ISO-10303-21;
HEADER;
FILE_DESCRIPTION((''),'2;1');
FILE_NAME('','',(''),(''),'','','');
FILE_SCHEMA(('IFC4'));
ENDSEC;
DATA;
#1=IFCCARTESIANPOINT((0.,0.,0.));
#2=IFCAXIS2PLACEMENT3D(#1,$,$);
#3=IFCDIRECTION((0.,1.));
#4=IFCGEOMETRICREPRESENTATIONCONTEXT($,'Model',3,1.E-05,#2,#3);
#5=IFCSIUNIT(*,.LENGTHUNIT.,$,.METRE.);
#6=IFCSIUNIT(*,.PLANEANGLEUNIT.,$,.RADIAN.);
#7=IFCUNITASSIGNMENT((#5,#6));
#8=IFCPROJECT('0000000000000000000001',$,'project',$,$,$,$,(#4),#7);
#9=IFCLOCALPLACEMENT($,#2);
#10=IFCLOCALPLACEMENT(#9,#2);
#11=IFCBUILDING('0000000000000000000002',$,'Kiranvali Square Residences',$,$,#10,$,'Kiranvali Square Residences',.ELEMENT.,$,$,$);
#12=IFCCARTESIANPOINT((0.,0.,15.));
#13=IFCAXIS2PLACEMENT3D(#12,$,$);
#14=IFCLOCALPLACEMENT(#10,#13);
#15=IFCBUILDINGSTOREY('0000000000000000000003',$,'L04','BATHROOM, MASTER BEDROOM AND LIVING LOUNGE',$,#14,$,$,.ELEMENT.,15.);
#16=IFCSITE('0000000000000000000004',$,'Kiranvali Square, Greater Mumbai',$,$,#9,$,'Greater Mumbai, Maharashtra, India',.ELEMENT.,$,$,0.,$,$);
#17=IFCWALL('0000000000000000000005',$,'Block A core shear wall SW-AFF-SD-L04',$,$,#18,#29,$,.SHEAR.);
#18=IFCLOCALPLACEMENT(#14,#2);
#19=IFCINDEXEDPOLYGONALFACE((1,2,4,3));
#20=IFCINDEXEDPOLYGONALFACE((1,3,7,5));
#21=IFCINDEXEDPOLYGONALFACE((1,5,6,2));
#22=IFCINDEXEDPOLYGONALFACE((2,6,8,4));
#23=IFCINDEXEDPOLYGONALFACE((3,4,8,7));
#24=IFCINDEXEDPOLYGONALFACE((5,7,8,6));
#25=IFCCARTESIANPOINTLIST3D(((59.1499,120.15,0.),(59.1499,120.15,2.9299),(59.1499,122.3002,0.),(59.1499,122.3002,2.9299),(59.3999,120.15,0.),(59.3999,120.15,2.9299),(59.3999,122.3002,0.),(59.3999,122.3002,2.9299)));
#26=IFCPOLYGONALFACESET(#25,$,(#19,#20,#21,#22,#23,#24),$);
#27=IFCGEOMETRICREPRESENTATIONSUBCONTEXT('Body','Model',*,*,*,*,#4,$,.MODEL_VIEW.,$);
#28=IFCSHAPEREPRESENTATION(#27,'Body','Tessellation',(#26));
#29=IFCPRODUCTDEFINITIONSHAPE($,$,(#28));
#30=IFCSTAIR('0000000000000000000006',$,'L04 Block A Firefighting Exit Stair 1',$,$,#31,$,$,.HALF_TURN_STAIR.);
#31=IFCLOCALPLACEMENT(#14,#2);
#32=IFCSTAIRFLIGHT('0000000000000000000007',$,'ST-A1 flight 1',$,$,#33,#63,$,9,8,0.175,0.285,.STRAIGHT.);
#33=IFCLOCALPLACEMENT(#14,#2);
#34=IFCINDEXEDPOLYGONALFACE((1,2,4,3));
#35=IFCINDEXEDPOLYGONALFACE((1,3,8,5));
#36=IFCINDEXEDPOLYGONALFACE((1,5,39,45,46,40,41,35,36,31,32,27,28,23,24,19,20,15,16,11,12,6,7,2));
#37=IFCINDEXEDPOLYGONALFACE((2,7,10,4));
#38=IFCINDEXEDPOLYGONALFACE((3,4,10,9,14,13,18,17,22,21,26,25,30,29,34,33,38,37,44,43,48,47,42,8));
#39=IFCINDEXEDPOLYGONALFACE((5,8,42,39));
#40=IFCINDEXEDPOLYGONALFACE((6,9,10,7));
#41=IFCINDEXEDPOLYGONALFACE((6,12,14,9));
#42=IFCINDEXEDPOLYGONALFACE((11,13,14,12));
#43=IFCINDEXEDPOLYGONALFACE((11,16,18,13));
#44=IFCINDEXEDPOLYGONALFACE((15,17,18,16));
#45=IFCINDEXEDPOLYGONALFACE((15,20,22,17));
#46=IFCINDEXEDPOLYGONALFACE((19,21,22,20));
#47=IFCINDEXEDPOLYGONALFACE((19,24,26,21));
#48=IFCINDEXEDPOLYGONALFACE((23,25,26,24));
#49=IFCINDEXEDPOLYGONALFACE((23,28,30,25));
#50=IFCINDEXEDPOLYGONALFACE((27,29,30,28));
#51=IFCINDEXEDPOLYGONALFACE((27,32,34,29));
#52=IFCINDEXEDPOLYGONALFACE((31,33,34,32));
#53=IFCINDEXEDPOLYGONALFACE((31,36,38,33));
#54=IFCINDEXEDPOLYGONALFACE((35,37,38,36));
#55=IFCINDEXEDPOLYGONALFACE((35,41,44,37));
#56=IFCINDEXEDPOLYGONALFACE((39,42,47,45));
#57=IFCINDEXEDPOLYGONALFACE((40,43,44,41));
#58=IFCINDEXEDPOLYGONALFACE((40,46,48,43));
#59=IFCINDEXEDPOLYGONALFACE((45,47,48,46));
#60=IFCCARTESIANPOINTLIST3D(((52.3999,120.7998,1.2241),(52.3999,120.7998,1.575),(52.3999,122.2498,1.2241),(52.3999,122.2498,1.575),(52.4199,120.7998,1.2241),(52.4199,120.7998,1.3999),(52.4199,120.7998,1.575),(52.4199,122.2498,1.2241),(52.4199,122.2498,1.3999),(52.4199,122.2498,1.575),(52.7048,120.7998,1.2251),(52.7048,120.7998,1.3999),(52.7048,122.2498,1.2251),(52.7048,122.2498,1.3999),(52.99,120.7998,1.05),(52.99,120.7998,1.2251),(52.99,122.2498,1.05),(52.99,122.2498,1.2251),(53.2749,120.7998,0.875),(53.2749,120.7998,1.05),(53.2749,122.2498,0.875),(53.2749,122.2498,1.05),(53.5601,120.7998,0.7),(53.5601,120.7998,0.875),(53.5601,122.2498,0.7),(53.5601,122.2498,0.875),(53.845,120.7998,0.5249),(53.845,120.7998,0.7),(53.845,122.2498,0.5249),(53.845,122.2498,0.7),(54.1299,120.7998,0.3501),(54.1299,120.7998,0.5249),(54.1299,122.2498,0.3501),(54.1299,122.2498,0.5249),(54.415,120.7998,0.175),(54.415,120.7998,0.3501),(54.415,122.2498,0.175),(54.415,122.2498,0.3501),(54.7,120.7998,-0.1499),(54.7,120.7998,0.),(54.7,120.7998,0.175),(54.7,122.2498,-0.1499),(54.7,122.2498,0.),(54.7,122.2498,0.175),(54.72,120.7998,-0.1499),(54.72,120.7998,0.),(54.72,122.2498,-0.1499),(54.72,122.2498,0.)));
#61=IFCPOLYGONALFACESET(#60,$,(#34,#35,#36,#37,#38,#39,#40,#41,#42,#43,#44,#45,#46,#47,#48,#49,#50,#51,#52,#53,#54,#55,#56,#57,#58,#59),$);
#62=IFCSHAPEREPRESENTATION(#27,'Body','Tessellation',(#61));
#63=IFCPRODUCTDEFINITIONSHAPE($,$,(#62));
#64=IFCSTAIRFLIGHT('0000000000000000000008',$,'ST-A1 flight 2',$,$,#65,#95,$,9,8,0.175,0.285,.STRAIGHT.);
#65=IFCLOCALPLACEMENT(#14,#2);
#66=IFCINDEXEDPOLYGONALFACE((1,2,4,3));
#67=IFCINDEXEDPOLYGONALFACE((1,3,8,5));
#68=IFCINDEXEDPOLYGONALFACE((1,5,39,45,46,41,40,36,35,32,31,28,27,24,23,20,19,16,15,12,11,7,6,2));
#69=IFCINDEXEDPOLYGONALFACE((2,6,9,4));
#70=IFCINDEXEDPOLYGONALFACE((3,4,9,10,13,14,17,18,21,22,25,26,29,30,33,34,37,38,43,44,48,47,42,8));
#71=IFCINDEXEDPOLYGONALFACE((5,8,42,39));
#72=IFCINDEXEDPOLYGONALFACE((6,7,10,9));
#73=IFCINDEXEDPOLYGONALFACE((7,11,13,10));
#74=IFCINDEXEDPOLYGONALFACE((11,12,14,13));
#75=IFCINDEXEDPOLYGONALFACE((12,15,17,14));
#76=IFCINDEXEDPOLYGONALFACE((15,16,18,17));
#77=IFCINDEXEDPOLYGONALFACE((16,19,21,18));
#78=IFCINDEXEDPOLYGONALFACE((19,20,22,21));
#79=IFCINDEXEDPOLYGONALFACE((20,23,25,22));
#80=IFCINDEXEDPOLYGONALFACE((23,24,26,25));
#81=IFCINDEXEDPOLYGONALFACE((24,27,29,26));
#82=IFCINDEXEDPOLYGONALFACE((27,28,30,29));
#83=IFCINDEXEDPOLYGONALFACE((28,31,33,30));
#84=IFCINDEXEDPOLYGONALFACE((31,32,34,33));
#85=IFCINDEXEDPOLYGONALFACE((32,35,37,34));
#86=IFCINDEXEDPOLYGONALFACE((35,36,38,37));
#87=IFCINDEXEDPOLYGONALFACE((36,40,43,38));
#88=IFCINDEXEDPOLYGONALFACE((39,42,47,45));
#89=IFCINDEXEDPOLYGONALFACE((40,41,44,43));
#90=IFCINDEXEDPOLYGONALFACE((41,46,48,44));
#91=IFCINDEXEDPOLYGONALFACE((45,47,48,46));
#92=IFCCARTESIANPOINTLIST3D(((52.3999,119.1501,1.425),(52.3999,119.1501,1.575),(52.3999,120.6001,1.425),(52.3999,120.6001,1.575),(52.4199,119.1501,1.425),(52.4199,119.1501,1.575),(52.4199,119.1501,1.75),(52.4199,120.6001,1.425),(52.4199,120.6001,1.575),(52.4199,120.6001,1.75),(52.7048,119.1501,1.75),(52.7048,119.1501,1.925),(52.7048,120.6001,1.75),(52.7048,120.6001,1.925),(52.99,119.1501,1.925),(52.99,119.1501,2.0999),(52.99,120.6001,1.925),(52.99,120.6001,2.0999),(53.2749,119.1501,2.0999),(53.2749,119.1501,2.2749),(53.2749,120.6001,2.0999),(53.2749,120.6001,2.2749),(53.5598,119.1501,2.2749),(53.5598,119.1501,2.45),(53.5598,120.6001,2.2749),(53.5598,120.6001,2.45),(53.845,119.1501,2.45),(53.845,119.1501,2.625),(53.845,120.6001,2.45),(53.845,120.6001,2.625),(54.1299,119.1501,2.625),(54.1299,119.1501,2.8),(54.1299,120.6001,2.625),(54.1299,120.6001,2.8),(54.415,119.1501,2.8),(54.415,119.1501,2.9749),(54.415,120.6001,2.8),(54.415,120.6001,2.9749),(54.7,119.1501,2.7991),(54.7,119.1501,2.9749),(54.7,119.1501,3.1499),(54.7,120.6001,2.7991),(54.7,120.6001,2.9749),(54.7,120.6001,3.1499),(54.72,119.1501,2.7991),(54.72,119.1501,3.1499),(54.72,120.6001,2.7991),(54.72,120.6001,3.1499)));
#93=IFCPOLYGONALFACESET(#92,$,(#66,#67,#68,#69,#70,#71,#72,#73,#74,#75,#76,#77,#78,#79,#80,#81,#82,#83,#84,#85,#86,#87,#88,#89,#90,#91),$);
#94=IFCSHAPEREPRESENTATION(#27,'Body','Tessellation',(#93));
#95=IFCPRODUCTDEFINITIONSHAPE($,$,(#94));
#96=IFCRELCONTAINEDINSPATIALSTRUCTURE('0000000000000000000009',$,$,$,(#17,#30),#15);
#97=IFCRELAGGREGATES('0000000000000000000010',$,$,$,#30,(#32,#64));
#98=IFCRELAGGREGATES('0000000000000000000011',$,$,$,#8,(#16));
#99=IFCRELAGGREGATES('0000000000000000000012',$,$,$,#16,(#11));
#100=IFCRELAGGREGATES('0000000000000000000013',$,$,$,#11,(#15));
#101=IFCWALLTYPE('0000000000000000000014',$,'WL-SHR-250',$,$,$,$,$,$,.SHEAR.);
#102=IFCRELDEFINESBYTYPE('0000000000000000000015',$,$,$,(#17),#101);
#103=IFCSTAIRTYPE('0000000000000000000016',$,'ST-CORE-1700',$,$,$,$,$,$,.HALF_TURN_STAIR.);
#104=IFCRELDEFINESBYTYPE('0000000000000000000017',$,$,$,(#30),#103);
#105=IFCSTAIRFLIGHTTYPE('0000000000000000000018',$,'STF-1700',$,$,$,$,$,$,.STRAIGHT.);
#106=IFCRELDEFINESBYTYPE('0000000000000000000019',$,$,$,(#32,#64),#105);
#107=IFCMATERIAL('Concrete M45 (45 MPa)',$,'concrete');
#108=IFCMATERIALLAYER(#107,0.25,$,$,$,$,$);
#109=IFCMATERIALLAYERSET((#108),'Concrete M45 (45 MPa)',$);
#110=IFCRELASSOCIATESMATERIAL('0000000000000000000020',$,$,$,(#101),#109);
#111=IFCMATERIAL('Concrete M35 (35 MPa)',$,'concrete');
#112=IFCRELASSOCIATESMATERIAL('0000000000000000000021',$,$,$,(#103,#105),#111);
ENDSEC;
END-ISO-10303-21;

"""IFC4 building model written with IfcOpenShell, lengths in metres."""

from ifc_helpers import new_model, si_unit, direction, frame, frame_2d, origin, place, context, subcontext, project, spatial, polyline, rectangle, outline, extrude, material, layer, layer_set, type_object, element, aggregate, save


model = new_model("IFC4")

# Units and contexts
model_context = context("Model", 3, precision=1e-05, world=origin(), true_north=direction((0.0, 1.0)))
body_context = subcontext(model_context, "Body", "Model", "MODEL_VIEW")
ifc_project = project(units=[si_unit("LENGTHUNIT", "METRE"), si_unit("PLANEANGLEUNIT", "RADIAN")], contexts=[model_context])

# Site, building, storey
site_placement = place(None, origin())
site = spatial("IfcSite", under=ifc_project, at=site_placement, Name="Kiranvali Square, Greater Mumbai", LongName="Greater Mumbai, Maharashtra, India", CompositionType="ELEMENT", RefElevation=0.0)
building_placement = place(site_placement, origin())
building = spatial("IfcBuilding", under=site, at=building_placement, Name="Kiranvali Square Residences", LongName="Kiranvali Square Residences", CompositionType="ELEMENT")
storey_placement = place(building_placement, frame((0.0, 0.0, 15.0)))
storey = spatial("IfcBuildingStorey", under=building, at=storey_placement, Name="L04", Description="BATHROOM, MASTER BEDROOM AND LIVING LOUNGE", CompositionType="ELEMENT", Elevation=15.0)

# Shared definitions
ifc_material_1 = material(Name="Concrete M45 (45 MPa)", Category="concrete")

# Wall
ifc_layer_1 = layer(ifc_material_1, 0.25)
ifc_layer_set_1 = layer_set([ifc_layer_1], Name="Concrete M45 (45 MPa)")
wall_type_1 = type_object("IfcWallType", Name="WL-SHR-250", PredefinedType="SHEAR", material=ifc_layer_set_1)
wall_1_placement = place(storey_placement, frame((59.2749, 120.1499, 0.0), z_axis=(0.0, 0.0, 1.0), x_axis=(0.0, 1.0, 0.0)))
element("IfcWall", 1, at=wall_1_placement, inside=storey, type_object=wall_type_1, Name="Block A core shear wall SW-AFF-SD-L04", PredefinedType="SHEAR", context=body_context, shape_type="SweptSolid", body=[
    extrude(rectangle(XDim=2.1501, YDim=0.25, at=frame_2d((1.0752, 0.0))), origin(), (0.0, 0.0, 1.0), 2.9299),
])

# Stair, stair flights
ifc_material_2 = material(Name="Concrete M35 (35 MPa)", Category="concrete")
stair_type = type_object("IfcStairType", Name="ST-CORE-1700", PredefinedType="HALF_TURN_STAIR", material=ifc_material_2)
stair_placement = place(storey_placement, origin())
stair = element("IfcStair", 2, at=stair_placement, inside=storey, type_object=stair_type, Name="L04 Block A Firefighting Exit Stair 1", PredefinedType="HALF_TURN_STAIR")
stair_flight_type = type_object("IfcStairFlightType", Name="STF-1700", PredefinedType="STRAIGHT", material=ifc_material_2)
stair_flight_1_placement = place(storey_placement, frame((54.7, 121.5249, 0.0), z_axis=(0.0, 0.0, 1.0), x_axis=(-1.0, 0.0, 0.0)))
stair_flight_1 = element("IfcStairFlight", 3, at=stair_flight_1_placement, type_object=stair_flight_type, Name="ST-A1 flight 1", NumberOfRisers=9, NumberOfTreads=8, PredefinedType="STRAIGHT", RiserHeight=0.175, TreadLength=0.285, context=body_context, shape_type="SweptSolid", body=[
    extrude(outline(polyline([(-0.02, -0.1499), (-0.02, 0.0), (0.0, 0.0), (0.0, 0.175), (0.2849, 0.175), (0.2849, 0.3501), (0.5701, 0.3501), (0.5701, 0.5249), (0.855, 0.5249), (0.855, 0.7), (1.1399, 0.7), (1.1399, 0.875), (1.425, 0.875), (1.425, 1.05), (1.71, 1.05), (1.71, 1.2251), (1.9951, 1.2251), (1.9951, 1.3999), (2.28, 1.3999), (2.28, 1.575), (2.3, 1.575), (2.3, 1.2241), (2.28, 1.2241), (0.0, -0.1499), (-0.02, -0.1499)])), frame((0.0, 0.7251, 0.0), z_axis=(0.0, -1.0, 0.0), x_axis=(1.0, 0.0, 0.0)), (0.0, 0.0, 1.0), 1.45),
])
stair_flight_2_placement = place(storey_placement, frame((52.4199, 119.875, 1.575), z_axis=(0.0, 0.0, 1.0), x_axis=(1.0, 0.0, 0.0)))
stair_flight_2 = element("IfcStairFlight", 4, at=stair_flight_2_placement, type_object=stair_flight_type, Name="ST-A1 flight 2", NumberOfRisers=9, NumberOfTreads=8, PredefinedType="STRAIGHT", RiserHeight=0.175, TreadLength=0.285, context=body_context, shape_type="SweptSolid", body=[
    extrude(outline(polyline([(-0.02, -0.1499), (-0.02, 0.0), (0.0, 0.0), (0.0, 0.175), (0.2849, 0.175), (0.2849, 0.3501), (0.5701, 0.3501), (0.5701, 0.5249), (0.855, 0.5249), (0.855, 0.7), (1.1399, 0.7), (1.1399, 0.875), (1.425, 0.875), (1.425, 1.05), (1.71, 1.05), (1.71, 1.2251), (1.9951, 1.2251), (1.9951, 1.3999), (2.28, 1.3999), (2.28, 1.575), (2.3, 1.575), (2.3, 1.2241), (2.28, 1.2241), (0.0, -0.1499), (-0.02, -0.1499)])), frame((0.0, 0.7251, 0.0), z_axis=(0.0, -1.0, 0.0), x_axis=(1.0, 0.0, 0.0)), (0.0, 0.0, 1.0), 1.45),
])
aggregate(stair, [stair_flight_1, stair_flight_2])

save(model, "model.ifc")
